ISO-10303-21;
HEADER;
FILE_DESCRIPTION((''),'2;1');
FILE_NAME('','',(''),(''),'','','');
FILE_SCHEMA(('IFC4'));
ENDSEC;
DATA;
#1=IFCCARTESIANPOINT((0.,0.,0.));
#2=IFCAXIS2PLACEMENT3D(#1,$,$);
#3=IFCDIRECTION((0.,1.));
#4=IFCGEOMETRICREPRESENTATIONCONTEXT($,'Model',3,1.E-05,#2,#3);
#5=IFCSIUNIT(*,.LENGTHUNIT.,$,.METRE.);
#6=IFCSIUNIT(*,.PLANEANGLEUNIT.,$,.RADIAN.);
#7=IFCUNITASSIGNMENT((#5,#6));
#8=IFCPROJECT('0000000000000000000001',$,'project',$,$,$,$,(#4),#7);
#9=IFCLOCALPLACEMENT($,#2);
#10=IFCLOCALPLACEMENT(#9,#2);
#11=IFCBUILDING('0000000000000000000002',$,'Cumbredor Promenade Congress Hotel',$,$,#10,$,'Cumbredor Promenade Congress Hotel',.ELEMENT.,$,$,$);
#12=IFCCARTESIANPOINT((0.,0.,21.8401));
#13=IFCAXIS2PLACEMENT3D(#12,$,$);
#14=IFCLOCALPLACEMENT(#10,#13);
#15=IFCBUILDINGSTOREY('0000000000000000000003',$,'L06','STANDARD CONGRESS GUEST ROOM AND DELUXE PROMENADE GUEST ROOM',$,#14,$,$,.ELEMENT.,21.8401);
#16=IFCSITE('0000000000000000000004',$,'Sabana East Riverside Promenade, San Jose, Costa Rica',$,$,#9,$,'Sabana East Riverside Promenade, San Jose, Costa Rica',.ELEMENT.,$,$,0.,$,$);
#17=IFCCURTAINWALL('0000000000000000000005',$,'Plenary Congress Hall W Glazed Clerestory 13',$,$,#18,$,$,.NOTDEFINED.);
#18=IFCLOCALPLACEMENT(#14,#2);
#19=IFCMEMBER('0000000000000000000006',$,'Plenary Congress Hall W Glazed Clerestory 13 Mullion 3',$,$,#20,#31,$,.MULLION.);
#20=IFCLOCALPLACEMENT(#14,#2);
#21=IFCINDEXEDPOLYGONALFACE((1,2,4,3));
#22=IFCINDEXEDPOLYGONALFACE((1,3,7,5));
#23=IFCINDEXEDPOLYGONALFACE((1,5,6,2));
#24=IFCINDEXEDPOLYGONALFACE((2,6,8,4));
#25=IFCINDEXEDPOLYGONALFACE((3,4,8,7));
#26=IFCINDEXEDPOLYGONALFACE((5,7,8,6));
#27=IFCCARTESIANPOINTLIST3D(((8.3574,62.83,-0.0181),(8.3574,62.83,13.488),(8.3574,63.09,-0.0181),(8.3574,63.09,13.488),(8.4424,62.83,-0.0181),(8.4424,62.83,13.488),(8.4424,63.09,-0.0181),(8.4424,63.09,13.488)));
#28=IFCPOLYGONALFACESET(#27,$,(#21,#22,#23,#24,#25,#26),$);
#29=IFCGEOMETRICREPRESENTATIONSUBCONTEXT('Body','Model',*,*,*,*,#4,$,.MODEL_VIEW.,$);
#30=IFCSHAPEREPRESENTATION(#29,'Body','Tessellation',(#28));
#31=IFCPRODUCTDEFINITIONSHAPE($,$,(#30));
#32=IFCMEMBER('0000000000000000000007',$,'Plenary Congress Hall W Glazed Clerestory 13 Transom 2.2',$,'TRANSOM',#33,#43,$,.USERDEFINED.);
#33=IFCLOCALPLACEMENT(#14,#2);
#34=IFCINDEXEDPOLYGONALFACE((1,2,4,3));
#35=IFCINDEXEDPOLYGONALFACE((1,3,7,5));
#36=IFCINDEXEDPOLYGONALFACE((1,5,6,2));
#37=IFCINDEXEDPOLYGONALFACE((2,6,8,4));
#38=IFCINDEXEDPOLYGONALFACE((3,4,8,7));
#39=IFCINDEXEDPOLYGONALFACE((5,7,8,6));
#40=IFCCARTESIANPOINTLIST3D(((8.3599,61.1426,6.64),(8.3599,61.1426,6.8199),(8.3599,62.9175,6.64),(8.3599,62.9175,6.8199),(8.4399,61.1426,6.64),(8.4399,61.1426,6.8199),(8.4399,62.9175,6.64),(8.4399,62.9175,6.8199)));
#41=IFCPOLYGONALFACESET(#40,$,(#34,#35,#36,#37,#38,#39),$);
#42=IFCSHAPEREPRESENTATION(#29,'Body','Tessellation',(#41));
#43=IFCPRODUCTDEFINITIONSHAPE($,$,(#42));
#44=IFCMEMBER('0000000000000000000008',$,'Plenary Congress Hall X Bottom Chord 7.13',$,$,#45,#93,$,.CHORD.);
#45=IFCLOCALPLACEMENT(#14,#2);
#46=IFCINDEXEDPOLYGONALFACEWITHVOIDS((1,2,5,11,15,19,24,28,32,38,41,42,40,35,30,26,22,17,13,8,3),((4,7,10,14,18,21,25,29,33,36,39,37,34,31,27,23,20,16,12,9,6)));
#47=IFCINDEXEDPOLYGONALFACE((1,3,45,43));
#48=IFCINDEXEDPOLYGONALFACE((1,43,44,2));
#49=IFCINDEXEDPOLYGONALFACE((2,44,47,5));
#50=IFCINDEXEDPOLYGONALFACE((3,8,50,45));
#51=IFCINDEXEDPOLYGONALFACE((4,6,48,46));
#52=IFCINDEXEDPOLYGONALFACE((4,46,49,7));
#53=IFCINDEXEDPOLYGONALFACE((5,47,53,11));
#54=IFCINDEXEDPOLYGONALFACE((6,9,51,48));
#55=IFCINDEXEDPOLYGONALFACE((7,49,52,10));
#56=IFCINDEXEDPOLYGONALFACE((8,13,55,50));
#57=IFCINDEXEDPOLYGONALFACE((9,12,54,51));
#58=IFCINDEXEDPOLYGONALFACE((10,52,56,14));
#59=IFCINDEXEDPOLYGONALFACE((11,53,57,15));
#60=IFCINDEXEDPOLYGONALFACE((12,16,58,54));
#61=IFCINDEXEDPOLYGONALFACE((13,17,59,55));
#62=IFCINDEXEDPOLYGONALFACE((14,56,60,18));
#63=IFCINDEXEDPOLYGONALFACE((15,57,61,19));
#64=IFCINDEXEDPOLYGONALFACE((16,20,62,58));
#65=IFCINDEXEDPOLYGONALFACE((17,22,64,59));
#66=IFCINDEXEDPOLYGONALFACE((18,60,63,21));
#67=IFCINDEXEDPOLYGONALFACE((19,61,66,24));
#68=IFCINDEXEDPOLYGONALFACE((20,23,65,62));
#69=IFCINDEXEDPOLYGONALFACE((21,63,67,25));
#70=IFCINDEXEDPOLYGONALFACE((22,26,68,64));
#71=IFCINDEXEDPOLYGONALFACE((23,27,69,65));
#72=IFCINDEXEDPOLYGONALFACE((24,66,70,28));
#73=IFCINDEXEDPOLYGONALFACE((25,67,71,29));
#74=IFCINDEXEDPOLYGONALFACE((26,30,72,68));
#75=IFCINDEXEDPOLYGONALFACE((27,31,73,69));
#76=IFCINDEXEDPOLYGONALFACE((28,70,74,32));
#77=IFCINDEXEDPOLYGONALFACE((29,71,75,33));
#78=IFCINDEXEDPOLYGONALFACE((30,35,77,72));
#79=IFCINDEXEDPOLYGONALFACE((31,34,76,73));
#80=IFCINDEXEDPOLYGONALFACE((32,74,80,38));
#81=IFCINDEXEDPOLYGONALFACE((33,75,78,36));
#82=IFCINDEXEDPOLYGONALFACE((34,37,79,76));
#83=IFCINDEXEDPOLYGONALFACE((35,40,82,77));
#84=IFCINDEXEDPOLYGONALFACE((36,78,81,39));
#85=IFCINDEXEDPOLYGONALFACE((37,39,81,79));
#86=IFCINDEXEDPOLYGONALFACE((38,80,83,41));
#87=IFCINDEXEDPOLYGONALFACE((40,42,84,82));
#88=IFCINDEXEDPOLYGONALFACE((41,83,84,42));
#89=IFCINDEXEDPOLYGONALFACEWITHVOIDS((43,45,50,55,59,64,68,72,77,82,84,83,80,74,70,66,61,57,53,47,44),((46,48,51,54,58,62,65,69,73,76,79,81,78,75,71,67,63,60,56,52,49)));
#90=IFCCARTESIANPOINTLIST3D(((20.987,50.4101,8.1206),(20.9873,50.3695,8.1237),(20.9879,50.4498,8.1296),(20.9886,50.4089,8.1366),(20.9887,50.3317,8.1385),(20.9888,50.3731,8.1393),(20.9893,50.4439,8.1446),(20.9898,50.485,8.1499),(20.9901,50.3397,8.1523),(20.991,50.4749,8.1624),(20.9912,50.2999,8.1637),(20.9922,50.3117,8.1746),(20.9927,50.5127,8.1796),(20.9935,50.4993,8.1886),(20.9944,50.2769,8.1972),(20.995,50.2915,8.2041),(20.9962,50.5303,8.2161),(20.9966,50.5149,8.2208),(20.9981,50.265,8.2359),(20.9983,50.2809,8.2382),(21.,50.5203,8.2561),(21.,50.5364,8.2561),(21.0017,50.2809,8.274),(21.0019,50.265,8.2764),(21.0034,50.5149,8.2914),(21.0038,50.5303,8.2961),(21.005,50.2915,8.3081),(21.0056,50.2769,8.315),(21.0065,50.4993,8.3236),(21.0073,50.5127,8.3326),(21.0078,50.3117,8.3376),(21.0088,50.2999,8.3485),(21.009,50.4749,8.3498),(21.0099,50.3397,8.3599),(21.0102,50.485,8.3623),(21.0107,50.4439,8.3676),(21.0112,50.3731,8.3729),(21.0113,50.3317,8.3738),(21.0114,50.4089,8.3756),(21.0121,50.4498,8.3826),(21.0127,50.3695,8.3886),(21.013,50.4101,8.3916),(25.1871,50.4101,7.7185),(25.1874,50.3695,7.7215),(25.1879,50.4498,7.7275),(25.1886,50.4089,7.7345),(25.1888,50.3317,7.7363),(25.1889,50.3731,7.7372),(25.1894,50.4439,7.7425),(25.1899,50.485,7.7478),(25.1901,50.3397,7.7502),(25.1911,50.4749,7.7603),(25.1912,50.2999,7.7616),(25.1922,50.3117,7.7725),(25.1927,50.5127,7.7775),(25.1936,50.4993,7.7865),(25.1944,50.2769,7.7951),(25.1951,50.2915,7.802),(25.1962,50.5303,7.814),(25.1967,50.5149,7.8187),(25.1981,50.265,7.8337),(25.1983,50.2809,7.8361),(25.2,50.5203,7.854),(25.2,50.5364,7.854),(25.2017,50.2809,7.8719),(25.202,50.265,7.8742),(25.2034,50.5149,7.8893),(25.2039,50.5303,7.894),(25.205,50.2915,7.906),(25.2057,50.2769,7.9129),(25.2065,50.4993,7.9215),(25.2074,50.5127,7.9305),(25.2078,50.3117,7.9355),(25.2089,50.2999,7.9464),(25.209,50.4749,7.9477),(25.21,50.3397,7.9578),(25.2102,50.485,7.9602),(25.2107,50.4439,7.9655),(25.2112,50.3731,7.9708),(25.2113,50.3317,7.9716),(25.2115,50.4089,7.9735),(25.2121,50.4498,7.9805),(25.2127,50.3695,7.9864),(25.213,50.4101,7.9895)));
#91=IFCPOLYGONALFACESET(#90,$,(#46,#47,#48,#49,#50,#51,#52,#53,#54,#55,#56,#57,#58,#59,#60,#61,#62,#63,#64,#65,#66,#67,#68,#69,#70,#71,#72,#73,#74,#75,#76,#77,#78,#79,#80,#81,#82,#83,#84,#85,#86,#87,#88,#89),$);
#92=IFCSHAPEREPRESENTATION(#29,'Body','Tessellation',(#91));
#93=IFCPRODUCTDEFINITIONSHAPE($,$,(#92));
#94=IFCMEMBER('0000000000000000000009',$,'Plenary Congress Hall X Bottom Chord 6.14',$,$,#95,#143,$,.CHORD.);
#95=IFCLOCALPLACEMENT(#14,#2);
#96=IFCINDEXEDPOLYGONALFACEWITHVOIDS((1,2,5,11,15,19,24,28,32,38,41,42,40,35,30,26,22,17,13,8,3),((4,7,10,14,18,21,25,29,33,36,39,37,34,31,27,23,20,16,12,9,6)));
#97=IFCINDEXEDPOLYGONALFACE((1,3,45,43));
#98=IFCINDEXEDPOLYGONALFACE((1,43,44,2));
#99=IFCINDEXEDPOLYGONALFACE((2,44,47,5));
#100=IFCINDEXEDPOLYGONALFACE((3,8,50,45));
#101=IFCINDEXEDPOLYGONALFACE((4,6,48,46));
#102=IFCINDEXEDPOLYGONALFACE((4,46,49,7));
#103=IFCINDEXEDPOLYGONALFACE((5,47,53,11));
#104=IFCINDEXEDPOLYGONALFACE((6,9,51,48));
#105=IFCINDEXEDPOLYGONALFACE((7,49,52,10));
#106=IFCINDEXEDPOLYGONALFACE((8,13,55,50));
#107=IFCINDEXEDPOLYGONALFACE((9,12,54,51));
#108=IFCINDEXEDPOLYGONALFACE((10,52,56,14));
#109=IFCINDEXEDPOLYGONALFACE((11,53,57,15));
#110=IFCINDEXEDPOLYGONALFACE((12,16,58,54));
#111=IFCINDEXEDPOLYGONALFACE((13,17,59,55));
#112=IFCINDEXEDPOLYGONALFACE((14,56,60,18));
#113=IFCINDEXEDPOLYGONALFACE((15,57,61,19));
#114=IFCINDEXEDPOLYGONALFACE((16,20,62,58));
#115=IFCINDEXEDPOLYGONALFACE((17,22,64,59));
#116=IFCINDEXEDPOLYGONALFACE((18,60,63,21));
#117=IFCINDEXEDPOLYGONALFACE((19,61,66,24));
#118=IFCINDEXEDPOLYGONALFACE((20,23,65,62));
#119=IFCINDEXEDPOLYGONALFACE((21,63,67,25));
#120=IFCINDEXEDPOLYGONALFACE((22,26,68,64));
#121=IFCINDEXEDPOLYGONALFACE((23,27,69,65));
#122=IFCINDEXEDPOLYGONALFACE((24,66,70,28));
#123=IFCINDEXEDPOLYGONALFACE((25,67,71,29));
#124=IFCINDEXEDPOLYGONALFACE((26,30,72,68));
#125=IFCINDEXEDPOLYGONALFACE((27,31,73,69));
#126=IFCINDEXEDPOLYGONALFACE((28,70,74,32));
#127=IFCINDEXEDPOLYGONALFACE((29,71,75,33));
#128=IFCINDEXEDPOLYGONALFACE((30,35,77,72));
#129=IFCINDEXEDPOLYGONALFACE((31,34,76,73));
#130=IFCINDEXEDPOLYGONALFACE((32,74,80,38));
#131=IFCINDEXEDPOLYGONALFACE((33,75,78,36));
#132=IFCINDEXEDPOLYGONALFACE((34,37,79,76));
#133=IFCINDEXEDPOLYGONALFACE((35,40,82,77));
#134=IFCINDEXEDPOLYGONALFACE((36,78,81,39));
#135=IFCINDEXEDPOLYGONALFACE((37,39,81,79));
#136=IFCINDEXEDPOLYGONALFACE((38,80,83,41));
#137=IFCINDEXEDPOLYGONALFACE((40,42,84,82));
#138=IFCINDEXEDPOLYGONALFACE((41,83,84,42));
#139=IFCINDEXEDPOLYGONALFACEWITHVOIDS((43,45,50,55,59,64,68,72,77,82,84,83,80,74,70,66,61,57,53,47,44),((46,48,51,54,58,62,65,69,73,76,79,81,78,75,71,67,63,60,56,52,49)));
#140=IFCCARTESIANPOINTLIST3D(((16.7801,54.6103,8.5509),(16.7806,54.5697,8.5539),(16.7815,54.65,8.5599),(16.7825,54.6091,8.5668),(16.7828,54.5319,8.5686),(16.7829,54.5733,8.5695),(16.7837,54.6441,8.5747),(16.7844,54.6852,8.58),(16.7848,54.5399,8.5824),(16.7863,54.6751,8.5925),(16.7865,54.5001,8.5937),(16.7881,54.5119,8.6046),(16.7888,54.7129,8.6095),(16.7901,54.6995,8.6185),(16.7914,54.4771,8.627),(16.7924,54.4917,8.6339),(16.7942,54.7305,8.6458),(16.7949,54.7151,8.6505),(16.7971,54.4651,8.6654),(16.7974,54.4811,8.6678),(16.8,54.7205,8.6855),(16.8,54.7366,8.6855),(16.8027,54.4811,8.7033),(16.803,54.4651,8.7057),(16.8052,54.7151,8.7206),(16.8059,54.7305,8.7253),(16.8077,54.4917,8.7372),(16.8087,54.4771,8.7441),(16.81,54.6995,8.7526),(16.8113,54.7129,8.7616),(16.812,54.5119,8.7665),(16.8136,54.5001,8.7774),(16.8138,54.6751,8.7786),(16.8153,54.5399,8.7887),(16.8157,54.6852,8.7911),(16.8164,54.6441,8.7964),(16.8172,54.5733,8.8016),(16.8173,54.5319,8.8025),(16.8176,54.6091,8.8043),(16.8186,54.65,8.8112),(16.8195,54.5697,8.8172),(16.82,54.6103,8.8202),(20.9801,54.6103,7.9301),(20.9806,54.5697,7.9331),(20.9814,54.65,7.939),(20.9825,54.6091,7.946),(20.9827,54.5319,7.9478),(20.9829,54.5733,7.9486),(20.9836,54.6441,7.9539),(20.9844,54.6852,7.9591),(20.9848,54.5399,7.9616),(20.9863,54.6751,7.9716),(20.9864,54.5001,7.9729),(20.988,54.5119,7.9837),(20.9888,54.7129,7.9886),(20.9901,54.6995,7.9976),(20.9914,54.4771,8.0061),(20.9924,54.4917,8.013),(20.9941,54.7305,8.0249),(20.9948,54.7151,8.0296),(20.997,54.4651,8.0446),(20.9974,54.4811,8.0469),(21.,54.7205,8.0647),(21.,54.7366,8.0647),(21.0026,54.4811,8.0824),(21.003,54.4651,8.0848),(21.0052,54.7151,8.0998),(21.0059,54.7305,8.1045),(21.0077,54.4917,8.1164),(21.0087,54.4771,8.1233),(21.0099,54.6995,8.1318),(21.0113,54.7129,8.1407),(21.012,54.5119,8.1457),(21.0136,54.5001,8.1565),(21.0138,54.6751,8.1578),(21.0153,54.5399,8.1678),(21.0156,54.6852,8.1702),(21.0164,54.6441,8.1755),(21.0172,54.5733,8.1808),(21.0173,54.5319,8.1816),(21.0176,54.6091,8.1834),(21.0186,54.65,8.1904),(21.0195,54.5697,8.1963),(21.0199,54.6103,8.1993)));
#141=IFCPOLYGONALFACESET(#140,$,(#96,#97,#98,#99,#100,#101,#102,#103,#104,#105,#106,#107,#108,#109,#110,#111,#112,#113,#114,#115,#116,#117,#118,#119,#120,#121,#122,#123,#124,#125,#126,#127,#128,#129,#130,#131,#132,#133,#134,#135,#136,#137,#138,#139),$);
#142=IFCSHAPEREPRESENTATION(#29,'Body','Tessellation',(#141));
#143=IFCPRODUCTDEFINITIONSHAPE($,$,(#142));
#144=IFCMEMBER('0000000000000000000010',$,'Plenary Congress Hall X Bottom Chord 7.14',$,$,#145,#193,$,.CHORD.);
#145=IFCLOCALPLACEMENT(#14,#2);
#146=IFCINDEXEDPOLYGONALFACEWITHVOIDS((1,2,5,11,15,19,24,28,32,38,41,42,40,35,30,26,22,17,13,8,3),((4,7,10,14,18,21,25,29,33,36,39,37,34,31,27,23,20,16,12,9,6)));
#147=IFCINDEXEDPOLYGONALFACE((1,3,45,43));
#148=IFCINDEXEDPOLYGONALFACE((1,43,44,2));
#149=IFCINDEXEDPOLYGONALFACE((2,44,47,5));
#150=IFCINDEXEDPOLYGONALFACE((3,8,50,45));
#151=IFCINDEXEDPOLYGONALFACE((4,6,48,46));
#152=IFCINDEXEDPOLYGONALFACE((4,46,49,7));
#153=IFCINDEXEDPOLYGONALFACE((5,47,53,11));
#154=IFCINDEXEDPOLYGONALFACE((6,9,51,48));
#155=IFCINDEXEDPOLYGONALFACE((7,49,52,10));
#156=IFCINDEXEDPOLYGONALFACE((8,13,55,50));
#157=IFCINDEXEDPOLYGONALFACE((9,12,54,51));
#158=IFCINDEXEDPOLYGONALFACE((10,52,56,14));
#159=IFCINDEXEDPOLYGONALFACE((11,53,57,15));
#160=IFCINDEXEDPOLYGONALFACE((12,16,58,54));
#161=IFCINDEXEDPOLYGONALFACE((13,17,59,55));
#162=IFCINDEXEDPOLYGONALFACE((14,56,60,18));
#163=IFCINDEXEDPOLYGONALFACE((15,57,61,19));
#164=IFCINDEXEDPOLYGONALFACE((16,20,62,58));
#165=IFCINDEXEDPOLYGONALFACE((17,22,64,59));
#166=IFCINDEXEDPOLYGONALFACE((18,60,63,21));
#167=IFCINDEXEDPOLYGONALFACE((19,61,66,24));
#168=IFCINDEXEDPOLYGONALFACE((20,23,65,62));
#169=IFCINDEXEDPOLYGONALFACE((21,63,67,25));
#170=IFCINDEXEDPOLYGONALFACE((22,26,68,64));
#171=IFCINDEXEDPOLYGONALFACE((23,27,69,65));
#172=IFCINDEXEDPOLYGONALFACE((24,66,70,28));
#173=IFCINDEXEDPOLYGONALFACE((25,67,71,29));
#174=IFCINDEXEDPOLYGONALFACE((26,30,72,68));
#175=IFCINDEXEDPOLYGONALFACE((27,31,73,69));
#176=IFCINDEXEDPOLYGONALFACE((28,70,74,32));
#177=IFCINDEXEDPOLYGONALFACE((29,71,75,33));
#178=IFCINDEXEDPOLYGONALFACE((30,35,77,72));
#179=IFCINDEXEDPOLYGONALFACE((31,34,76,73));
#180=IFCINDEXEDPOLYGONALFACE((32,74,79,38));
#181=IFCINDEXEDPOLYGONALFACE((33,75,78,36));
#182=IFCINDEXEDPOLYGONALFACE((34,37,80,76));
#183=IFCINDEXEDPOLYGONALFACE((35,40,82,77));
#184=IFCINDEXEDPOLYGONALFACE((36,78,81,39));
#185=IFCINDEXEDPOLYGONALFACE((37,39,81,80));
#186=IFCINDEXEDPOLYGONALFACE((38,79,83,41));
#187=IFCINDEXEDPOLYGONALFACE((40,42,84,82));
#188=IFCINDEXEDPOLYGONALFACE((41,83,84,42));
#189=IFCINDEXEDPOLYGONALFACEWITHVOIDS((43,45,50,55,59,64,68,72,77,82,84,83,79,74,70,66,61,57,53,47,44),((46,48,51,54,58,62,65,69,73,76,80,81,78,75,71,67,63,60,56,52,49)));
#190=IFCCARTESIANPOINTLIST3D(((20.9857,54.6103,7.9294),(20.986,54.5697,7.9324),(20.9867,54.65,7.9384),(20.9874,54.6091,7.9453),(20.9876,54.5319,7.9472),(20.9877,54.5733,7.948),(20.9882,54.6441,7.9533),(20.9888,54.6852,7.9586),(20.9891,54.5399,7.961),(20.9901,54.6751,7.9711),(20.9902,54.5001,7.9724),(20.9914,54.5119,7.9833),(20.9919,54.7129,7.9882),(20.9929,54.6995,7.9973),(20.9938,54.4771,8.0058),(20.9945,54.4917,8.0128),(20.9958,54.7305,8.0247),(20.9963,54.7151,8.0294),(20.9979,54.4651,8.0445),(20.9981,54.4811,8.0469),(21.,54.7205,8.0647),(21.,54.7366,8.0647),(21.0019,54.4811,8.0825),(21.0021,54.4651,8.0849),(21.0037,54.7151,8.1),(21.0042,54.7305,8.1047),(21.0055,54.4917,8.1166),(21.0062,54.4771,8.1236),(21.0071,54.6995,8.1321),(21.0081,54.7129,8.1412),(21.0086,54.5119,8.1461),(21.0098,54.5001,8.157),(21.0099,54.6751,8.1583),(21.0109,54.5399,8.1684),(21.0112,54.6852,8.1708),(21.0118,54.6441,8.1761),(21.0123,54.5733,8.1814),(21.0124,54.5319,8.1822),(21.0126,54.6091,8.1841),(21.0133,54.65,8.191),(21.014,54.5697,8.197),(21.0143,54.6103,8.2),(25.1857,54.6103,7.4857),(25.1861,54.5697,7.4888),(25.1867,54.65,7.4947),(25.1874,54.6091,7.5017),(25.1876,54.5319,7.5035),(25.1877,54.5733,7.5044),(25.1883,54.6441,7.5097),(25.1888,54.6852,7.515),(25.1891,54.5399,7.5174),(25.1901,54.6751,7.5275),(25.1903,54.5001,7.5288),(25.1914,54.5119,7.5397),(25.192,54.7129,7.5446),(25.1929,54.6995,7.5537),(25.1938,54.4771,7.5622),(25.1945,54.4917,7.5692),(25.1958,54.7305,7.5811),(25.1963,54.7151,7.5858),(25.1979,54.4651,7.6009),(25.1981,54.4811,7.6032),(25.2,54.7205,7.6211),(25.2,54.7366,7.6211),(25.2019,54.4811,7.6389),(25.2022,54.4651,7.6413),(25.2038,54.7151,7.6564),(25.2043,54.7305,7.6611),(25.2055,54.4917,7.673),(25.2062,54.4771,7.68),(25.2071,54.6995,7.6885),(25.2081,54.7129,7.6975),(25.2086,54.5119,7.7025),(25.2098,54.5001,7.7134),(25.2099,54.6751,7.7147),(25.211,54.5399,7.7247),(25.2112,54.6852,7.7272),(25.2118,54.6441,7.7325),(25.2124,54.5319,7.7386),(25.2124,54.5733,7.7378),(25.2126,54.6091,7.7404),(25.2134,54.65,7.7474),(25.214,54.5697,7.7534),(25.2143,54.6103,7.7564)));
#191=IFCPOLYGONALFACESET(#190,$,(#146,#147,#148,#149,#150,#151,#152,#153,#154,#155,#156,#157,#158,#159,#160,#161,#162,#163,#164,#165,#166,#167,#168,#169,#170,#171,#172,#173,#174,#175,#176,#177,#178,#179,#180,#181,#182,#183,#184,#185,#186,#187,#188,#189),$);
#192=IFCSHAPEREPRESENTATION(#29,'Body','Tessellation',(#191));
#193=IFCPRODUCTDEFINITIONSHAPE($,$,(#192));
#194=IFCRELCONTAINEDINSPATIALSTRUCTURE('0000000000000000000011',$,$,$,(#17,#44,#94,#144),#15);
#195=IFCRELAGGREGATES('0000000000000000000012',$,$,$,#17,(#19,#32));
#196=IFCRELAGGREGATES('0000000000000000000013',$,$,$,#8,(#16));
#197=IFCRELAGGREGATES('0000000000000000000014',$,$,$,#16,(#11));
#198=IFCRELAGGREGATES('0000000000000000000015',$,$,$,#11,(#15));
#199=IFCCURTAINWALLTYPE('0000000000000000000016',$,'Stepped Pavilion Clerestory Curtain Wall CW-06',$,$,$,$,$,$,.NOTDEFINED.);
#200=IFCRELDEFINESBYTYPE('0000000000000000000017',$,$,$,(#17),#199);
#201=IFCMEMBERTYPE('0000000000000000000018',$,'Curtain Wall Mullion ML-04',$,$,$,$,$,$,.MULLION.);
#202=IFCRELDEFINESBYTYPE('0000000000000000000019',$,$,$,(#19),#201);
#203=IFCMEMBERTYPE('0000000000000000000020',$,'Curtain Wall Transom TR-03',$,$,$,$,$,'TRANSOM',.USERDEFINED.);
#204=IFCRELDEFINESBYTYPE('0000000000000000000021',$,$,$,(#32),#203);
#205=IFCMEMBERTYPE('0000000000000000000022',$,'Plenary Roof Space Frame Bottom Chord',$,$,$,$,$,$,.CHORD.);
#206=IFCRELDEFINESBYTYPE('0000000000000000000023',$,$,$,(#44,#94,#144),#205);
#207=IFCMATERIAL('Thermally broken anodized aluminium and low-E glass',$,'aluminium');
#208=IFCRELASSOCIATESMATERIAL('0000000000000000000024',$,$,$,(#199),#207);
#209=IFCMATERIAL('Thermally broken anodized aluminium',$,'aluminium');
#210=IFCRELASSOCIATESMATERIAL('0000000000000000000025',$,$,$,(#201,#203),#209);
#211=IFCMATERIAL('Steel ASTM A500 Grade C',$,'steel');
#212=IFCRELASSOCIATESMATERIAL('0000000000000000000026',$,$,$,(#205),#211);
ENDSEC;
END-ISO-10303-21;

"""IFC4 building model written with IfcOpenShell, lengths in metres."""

from ifc_helpers import new_model, si_unit, direction, frame, origin, origin_2d, place, context, subcontext, project, spatial, rectangle, hollow_circle, extrude, material, material_profile, profile_set, type_object, element, aggregate, save


model = new_model("IFC4")

# Units and contexts
model_context = context("Model", 3, precision=1e-05, world=origin(), true_north=direction((0.0, 1.0)))
body_context = subcontext(model_context, "Body", "Model", "MODEL_VIEW")
ifc_project = project(units=[si_unit("LENGTHUNIT", "METRE"), si_unit("PLANEANGLEUNIT", "RADIAN")], contexts=[model_context])

# Site, building, storey
site_placement = place(None, origin())
site = spatial("IfcSite", under=ifc_project, at=site_placement, Name="Sabana East Riverside Promenade, San Jose, Costa Rica", LongName="Sabana East Riverside Promenade, San Jose, Costa Rica", CompositionType="ELEMENT", RefElevation=0.0)
building_placement = place(site_placement, origin())
building = spatial("IfcBuilding", under=site, at=building_placement, Name="Cumbredor Promenade Congress Hotel", LongName="Cumbredor Promenade Congress Hotel", CompositionType="ELEMENT")
storey_placement = place(building_placement, frame((0.0, 0.0, 21.8401)))
storey = spatial("IfcBuildingStorey", under=building, at=storey_placement, Name="L06", Description="STANDARD CONGRESS GUEST ROOM AND DELUXE PROMENADE GUEST ROOM", CompositionType="ELEMENT", Elevation=21.8401)

# Curtain wall, members
ifc_material_1 = material(Name="Thermally broken anodized aluminium and low-E glass", Category="aluminium")
curtain_wall_type = type_object("IfcCurtainWallType", Name="Stepped Pavilion Clerestory Curtain Wall CW-06", PredefinedType="NOTDEFINED", material=ifc_material_1)
curtain_wall_placement = place(storey_placement, origin())
curtain_wall = element("IfcCurtainWall", 1, at=curtain_wall_placement, inside=storey, type_object=curtain_wall_type, Name="Plenary Congress Hall W Glazed Clerestory 13", PredefinedType="NOTDEFINED")
ifc_material_2 = material(Name="Thermally broken anodized aluminium", Category="aluminium")
ifc_material_profile_1 = material_profile(ifc_material_2, rectangle(XDim=0.085, YDim=0.26, at=origin_2d()), Name="ALU MULLION CLERESTORY 85x260")
ifc_profile_set_1 = profile_set([ifc_material_profile_1], Name="Thermally broken anodized aluminium")
member_type_1 = type_object("IfcMemberType", Name="Curtain Wall Mullion ML-04", PredefinedType="MULLION", material=ifc_profile_set_1)
member_1_placement = place(storey_placement, frame((8.3999, 62.96, -0.0181), z_axis=(0.0, 0.0, 1.0), x_axis=(1.0, 0.0, 0.0)))
member_1 = element("IfcMember", 2, at=member_1_placement, type_object=member_type_1, Name="Plenary Congress Hall W Glazed Clerestory 13 Mullion 3", PredefinedType="MULLION", context=body_context, shape_type="SweptSolid", body=[
    extrude(rectangle(XDim=0.085, YDim=0.26, at=origin_2d()), origin(), (0.0, 0.0, 1.0), 13.5061),
])
ifc_material_profile_2 = material_profile(ifc_material_2, rectangle(XDim=0.0801, YDim=0.1799, at=origin_2d()), Name="ALU TRANSOM 80x180")
ifc_profile_set_2 = profile_set([ifc_material_profile_2], Name="Thermally broken anodized aluminium")
member_type_2 = type_object("IfcMemberType", Name="Curtain Wall Transom TR-03", ElementType="TRANSOM", PredefinedType="USERDEFINED", material=ifc_profile_set_2)
member_2_placement = place(storey_placement, frame((8.3999, 61.1426, 6.73), z_axis=(0.0, 1.0, 0.0), x_axis=(-1.0, 0.0, 0.0)))
member_2 = element("IfcMember", 3, at=member_2_placement, type_object=member_type_2, Name="Plenary Congress Hall W Glazed Clerestory 13 Transom 2.2", ObjectType="TRANSOM", PredefinedType="USERDEFINED", context=body_context, shape_type="SweptSolid", body=[
    extrude(rectangle(XDim=0.0801, YDim=0.1799, at=origin_2d()), origin(), (0.0, 0.0, 1.0), 1.7749),
])

# Members
ifc_material_3 = material(Name="Steel ASTM A500 Grade C", Category="steel")
ifc_material_profile_3 = material_profile(ifc_material_3, hollow_circle(Radius=0.1365, WallThickness=0.0161, at=origin_2d()), Name="CHS 273.0x16")
ifc_profile_set_3 = profile_set([ifc_material_profile_3], Name="Steel ASTM A500 Grade C")
member_type_3 = type_object("IfcMemberType", Name="Plenary Roof Space Frame Bottom Chord", PredefinedType="CHORD", material=ifc_profile_set_3)
member_3_placement = place(storey_placement, frame((21.0, 50.3999, 8.2561), z_axis=(0.995448, 0.0, -0.095303), x_axis=(0.0, 1.0, 0.0)))
element("IfcMember", 4, at=member_3_placement, inside=storey, type_object=member_type_3, Name="Plenary Congress Hall X Bottom Chord 7.13", PredefinedType="CHORD", context=body_context, shape_type="SweptSolid", body=[
    extrude(hollow_circle(Radius=0.1365, WallThickness=0.0161, at=origin_2d()), origin(), (0.0, 0.0, 1.0), 4.2192),
])
member_4_placement = place(storey_placement, frame((16.8, 54.6001, 8.6855), z_axis=(0.98925, 0.0, -0.146234), x_axis=(0.0, 1.0, 0.0)))
element("IfcMember", 5, at=member_4_placement, inside=storey, type_object=member_type_3, Name="Plenary Congress Hall X Bottom Chord 6.14", PredefinedType="CHORD", context=body_context, shape_type="SweptSolid", body=[
    extrude(hollow_circle(Radius=0.1365, WallThickness=0.0161, at=origin_2d()), origin(), (0.0, 0.0, 1.0), 4.2456),
])
member_5_placement = place(storey_placement, frame((21.0, 54.6001, 8.0647), z_axis=(0.994468, 0.0, -0.105037), x_axis=(0.0, 1.0, 0.0)))
element("IfcMember", 6, at=member_5_placement, inside=storey, type_object=member_type_3, Name="Plenary Congress Hall X Bottom Chord 7.14", PredefinedType="CHORD", context=body_context, shape_type="SweptSolid", body=[
    extrude(hollow_circle(Radius=0.1365, WallThickness=0.0161, at=origin_2d()), origin(), (0.0, 0.0, 1.0), 4.2234),
])

aggregate(curtain_wall, [member_1, member_2])

save(model, "model.ifc")
